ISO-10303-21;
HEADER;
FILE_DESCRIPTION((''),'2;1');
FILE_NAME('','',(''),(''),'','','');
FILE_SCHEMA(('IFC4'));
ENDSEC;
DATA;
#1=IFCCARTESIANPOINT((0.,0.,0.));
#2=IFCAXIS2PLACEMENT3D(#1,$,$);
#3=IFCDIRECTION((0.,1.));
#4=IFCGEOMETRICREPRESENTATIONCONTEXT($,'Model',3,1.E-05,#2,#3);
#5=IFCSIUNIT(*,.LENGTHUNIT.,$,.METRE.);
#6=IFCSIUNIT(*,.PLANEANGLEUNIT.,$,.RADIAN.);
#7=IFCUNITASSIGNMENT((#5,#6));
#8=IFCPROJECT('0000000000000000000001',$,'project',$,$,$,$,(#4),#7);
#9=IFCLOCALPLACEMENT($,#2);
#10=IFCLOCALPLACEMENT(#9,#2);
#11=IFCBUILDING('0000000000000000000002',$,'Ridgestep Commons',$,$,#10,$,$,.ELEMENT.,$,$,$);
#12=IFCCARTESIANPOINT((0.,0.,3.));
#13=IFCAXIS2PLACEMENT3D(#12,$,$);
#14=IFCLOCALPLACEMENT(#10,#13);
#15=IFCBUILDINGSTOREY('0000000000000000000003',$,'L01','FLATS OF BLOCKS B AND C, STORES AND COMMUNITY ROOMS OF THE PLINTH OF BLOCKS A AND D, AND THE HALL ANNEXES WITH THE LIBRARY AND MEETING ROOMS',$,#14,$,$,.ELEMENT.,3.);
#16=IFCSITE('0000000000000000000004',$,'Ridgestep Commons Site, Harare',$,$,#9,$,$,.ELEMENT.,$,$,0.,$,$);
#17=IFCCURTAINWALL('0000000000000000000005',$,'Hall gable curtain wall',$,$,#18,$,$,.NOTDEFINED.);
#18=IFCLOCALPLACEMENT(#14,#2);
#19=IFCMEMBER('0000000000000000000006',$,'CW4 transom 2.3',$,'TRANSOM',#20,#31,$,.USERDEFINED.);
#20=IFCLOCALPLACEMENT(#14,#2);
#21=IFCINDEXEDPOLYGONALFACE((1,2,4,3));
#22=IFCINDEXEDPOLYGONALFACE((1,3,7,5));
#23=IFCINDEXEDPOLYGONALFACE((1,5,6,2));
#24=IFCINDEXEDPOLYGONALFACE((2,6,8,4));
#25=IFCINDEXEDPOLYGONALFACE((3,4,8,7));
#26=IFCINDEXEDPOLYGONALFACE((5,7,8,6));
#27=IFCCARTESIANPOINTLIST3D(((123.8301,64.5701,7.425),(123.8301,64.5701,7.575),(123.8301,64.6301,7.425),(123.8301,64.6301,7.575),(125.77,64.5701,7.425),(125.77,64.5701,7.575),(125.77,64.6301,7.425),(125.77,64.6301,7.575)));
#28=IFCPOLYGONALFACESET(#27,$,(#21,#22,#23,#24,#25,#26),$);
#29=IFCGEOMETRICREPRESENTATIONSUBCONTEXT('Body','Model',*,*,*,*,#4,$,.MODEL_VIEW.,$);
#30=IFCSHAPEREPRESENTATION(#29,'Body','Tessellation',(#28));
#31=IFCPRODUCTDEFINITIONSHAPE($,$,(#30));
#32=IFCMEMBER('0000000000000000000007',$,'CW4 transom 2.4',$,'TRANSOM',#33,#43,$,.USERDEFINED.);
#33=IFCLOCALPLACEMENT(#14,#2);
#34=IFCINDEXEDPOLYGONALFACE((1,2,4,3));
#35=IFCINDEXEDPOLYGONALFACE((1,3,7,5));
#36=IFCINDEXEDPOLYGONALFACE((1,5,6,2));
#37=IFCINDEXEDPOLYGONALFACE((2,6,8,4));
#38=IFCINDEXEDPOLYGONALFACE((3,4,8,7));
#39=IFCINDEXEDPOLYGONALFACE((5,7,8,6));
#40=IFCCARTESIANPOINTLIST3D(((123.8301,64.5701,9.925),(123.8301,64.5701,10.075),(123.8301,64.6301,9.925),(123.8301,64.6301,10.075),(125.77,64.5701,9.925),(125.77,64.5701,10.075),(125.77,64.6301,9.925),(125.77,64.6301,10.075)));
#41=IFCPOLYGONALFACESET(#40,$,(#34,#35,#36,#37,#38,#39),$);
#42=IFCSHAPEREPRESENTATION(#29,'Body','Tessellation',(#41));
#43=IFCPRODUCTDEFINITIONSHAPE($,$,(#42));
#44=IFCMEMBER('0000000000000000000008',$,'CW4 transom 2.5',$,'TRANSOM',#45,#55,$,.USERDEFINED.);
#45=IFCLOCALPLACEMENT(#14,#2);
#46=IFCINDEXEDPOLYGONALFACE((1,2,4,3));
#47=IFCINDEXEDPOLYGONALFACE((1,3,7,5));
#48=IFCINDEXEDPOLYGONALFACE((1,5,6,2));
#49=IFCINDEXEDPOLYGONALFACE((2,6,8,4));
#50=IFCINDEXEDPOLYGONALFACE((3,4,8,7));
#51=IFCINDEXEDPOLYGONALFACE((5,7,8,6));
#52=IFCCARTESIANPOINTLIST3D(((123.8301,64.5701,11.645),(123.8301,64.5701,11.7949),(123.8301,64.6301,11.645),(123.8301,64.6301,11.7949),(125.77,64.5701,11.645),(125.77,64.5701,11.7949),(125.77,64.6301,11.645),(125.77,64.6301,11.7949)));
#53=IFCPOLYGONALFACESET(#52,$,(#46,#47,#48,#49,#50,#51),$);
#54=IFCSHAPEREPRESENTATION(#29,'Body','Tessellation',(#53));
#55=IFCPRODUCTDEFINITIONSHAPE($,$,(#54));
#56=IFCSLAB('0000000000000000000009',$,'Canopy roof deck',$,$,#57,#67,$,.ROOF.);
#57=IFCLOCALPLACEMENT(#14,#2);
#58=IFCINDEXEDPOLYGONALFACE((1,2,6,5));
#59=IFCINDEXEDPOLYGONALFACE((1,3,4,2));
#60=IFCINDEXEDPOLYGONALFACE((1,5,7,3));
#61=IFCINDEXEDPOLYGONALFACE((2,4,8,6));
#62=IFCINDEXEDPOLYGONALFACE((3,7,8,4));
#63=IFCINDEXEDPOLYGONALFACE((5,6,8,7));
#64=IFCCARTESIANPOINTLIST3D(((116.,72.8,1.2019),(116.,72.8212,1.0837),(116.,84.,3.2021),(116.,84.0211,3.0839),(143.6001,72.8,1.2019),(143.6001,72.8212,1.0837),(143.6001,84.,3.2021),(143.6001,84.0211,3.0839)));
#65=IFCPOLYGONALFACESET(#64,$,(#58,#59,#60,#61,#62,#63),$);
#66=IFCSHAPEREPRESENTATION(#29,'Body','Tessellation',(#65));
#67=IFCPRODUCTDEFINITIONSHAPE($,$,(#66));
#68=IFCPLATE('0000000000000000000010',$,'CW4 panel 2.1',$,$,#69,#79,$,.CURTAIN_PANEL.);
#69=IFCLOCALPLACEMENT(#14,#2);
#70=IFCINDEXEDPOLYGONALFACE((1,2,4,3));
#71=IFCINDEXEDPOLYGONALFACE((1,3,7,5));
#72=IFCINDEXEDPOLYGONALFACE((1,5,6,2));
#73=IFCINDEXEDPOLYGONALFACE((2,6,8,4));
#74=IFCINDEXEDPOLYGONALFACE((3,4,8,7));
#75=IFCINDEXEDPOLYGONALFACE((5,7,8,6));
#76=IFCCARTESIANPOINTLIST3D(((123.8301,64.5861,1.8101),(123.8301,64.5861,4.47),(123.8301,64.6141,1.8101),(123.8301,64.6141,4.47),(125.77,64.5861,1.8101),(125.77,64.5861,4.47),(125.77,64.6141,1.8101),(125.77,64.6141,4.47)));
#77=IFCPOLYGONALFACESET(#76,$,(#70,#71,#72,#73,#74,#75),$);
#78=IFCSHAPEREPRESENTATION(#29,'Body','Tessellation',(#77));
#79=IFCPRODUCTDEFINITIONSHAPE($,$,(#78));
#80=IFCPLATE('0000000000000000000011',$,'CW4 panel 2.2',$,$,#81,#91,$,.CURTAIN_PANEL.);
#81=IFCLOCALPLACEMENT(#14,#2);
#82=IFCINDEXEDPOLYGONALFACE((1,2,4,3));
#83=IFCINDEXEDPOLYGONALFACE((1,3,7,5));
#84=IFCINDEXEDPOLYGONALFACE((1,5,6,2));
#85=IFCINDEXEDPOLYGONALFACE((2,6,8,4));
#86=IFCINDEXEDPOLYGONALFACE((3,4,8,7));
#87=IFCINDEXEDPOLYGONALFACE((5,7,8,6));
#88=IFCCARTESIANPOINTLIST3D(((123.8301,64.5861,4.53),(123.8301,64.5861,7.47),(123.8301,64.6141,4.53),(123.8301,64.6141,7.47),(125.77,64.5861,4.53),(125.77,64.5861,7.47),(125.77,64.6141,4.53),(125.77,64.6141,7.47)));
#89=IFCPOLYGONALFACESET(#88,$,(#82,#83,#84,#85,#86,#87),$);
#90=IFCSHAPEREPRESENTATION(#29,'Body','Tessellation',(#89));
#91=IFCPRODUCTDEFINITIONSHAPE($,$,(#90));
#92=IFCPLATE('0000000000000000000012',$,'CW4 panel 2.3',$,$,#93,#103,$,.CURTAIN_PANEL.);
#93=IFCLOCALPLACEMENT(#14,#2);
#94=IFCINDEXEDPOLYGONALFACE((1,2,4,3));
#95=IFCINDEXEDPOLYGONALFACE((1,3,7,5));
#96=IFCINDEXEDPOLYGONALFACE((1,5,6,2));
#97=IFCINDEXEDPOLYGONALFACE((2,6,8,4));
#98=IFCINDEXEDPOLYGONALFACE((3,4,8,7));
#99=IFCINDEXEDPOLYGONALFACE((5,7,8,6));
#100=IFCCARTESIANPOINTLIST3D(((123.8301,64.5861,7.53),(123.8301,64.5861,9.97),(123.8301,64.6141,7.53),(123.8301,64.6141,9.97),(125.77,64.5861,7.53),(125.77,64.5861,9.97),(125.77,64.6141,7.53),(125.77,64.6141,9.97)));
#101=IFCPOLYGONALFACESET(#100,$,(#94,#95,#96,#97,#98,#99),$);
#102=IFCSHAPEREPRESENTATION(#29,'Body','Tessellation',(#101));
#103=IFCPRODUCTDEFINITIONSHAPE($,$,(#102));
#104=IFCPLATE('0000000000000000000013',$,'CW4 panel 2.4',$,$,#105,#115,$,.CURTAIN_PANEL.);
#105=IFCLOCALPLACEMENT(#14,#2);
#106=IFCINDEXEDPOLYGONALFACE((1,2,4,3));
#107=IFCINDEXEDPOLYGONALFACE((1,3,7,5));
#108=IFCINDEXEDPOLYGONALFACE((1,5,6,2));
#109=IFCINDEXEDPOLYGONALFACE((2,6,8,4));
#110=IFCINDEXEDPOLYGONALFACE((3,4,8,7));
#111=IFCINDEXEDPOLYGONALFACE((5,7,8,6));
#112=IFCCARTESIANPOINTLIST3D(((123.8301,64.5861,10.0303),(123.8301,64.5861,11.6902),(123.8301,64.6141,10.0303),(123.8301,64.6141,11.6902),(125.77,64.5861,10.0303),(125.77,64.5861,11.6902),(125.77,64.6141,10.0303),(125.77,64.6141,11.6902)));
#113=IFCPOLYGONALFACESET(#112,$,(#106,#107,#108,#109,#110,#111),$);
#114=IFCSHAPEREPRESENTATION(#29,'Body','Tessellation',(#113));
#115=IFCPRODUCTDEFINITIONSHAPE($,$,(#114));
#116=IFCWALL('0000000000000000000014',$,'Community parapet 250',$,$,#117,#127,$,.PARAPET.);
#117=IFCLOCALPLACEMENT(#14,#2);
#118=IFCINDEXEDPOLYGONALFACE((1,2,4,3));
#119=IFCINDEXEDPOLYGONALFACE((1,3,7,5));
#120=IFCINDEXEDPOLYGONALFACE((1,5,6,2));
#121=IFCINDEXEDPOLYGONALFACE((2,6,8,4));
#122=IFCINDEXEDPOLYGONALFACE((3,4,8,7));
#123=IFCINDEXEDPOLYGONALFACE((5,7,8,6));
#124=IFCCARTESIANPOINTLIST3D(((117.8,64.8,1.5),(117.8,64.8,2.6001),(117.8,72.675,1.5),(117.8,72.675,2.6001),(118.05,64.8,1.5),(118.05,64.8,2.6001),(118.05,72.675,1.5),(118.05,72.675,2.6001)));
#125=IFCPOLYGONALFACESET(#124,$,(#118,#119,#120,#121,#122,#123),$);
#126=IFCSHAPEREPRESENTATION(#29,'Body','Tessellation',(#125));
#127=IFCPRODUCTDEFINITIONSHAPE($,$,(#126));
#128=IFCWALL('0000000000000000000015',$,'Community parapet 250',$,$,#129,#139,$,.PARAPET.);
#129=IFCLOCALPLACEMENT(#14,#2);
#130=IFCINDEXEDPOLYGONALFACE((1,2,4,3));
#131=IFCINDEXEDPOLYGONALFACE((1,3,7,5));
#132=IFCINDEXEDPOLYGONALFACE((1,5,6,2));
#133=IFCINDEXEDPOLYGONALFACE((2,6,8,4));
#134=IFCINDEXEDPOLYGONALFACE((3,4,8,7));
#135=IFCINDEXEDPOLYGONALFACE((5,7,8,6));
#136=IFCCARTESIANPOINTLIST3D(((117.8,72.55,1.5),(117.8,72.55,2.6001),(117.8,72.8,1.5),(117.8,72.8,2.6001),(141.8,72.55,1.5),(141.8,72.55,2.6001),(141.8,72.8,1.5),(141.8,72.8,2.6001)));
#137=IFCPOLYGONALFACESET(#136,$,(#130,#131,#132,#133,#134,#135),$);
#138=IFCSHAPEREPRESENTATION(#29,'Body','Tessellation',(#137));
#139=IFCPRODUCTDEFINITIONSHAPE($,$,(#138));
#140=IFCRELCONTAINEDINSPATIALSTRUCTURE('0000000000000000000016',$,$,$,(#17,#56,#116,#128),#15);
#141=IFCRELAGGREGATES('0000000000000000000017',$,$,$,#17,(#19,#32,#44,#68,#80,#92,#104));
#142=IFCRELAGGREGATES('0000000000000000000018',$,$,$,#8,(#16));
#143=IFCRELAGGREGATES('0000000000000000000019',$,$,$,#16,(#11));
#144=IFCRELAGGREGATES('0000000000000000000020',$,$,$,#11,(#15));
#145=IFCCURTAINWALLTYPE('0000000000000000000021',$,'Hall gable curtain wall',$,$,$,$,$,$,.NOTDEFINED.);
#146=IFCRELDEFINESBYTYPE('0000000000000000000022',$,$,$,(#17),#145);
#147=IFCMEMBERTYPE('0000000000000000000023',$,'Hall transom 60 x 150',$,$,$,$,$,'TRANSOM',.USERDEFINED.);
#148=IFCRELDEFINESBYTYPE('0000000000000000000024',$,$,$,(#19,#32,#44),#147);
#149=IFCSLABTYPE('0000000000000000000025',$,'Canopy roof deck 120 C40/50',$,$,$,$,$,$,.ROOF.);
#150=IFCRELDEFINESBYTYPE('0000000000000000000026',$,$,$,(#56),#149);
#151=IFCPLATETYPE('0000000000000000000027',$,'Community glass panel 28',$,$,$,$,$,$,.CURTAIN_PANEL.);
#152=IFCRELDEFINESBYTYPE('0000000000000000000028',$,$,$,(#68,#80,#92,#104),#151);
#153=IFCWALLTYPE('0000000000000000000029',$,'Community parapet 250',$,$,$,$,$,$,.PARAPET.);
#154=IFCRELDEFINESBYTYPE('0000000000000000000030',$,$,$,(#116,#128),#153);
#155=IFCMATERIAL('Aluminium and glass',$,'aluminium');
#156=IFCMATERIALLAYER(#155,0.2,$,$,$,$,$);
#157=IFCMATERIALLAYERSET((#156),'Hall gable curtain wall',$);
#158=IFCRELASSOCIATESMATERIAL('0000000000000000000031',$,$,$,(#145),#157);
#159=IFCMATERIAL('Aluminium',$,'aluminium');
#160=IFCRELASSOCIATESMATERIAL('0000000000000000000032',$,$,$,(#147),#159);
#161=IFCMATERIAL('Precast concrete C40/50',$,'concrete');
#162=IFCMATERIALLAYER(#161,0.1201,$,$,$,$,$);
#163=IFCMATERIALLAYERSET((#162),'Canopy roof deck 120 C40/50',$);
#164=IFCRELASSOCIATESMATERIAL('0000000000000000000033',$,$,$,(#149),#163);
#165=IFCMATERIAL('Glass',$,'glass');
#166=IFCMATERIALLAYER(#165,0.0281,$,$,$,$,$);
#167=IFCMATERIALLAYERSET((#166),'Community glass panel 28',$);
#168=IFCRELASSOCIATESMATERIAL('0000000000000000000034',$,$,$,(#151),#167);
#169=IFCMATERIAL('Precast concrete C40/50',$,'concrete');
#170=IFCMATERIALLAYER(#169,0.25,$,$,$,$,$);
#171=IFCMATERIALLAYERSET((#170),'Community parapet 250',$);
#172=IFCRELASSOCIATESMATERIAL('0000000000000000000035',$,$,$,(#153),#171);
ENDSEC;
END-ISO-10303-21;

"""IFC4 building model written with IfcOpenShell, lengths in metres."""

from ifc_helpers import new_model, si_unit, direction, frame, frame_2d, origin, origin_2d, place, context, subcontext, project, spatial, polyline, rectangle, outline, extrude, material, layer, layer_set, material_profile, profile_set, type_object, element, aggregate, save


model = new_model("IFC4")

# Units and contexts
model_context = context("Model", 3, precision=1e-05, world=origin(), true_north=direction((0.0, 1.0)))
body_context = subcontext(model_context, "Body", "Model", "MODEL_VIEW")
ifc_project = project(units=[si_unit("LENGTHUNIT", "METRE"), si_unit("PLANEANGLEUNIT", "RADIAN")], contexts=[model_context])

# Site, building, storey
site_placement = place(None, origin())
site = spatial("IfcSite", under=ifc_project, at=site_placement, Name="Ridgestep Commons Site, Harare", CompositionType="ELEMENT", RefElevation=0.0)
building_placement = place(site_placement, origin())
building = spatial("IfcBuilding", under=site, at=building_placement, Name="Ridgestep Commons", CompositionType="ELEMENT")
storey_placement = place(building_placement, frame((0.0, 0.0, 3.0)))
storey = spatial("IfcBuildingStorey", under=building, at=storey_placement, Name="L01", Description="FLATS OF BLOCKS B AND C, STORES AND COMMUNITY ROOMS OF THE PLINTH OF BLOCKS A AND D, AND THE HALL ANNEXES WITH THE LIBRARY AND MEETING ROOMS", CompositionType="ELEMENT", Elevation=3.0)

# Curtain wall, members
ifc_material_1 = material(Name="Aluminium and glass", Category="aluminium")
ifc_layer_1 = layer(ifc_material_1, 0.2)
ifc_layer_set_1 = layer_set([ifc_layer_1], Name="Hall gable curtain wall")
curtain_wall_type = type_object("IfcCurtainWallType", Name="Hall gable curtain wall", PredefinedType="NOTDEFINED", material=ifc_layer_set_1)
curtain_wall_placement = place(storey_placement, origin())
curtain_wall = element("IfcCurtainWall", 1, at=curtain_wall_placement, inside=storey, type_object=curtain_wall_type, Name="Hall gable curtain wall", PredefinedType="NOTDEFINED")
ifc_material_2 = material(Name="Aluminium", Category="aluminium")
ifc_material_profile_1 = material_profile(ifc_material_2, rectangle(XDim=0.0601, YDim=0.1499, at=origin_2d()), Name="Hall transom 60 x 150")
ifc_profile_set_1 = profile_set([ifc_material_profile_1], Name="Aluminium")
member_type_1 = type_object("IfcMemberType", Name="Hall transom 60 x 150", ElementType="TRANSOM", PredefinedType="USERDEFINED", material=ifc_profile_set_1)
member_1_placement = place(storey_placement, frame((123.8301, 64.6001, 7.5), z_axis=(1.0, 0.0, 0.0), x_axis=(0.0, 1.0, 0.0)))
member_1 = element("IfcMember", 2, at=member_1_placement, type_object=member_type_1, Name="CW4 transom 2.3", ObjectType="TRANSOM", PredefinedType="USERDEFINED", context=body_context, shape_type="SweptSolid", body=[
    extrude(rectangle(XDim=0.0601, YDim=0.1499, at=origin_2d()), origin(), (0.0, 0.0, 1.0), 1.9399),
])
member_2_placement = place(storey_placement, frame((123.8301, 64.6001, 10.0), z_axis=(1.0, 0.0, 0.0), x_axis=(0.0, 1.0, 0.0)))
member_2 = element("IfcMember", 3, at=member_2_placement, type_object=member_type_1, Name="CW4 transom 2.4", ObjectType="TRANSOM", PredefinedType="USERDEFINED", context=body_context, shape_type="SweptSolid", body=[
    extrude(rectangle(XDim=0.0601, YDim=0.1499, at=origin_2d()), origin(), (0.0, 0.0, 1.0), 1.9399),
])
member_3_placement = place(storey_placement, frame((123.8301, 64.6001, 11.72), z_axis=(1.0, 0.0, 0.0), x_axis=(0.0, 1.0, 0.0)))
member_3 = element("IfcMember", 4, at=member_3_placement, type_object=member_type_1, Name="CW4 transom 2.5", ObjectType="TRANSOM", PredefinedType="USERDEFINED", context=body_context, shape_type="SweptSolid", body=[
    extrude(rectangle(XDim=0.0601, YDim=0.1499, at=origin_2d()), origin(), (0.0, 0.0, 1.0), 1.9399),
])

# Slab
ifc_material_3 = material(Name="Precast concrete C40/50", Category="concrete")
ifc_layer_2 = layer(ifc_material_3, 0.1201)
ifc_layer_set_2 = layer_set([ifc_layer_2], Name="Canopy roof deck 120 C40/50")
slab_type = type_object("IfcSlabType", Name="Canopy roof deck 120 C40/50", PredefinedType="ROOF", material=ifc_layer_set_2)
slab_placement = place(storey_placement, frame((116.0, 72.8, 1.2019), z_axis=(0.0, -0.175812, 0.984424), x_axis=(1.0, 0.0, 0.0)))
element("IfcSlab", 5, at=slab_placement, inside=storey, type_object=slab_type, Name="Canopy roof deck", PredefinedType="ROOF", context=body_context, shape_type="SweptSolid", body=[
    extrude(outline(polyline([(0.0, 0.0), (27.6001, 0.0), (27.6001, 11.3772), (0.0, 11.3772), (0.0, 0.0)])), origin(), (0.0, 0.0, -1.0), 0.1201),
])

# Plates
ifc_material_4 = material(Name="Glass", Category="glass")
ifc_layer_3 = layer(ifc_material_4, 0.0281)
ifc_layer_set_3 = layer_set([ifc_layer_3], Name="Community glass panel 28")
plate_type = type_object("IfcPlateType", Name="Community glass panel 28", PredefinedType="CURTAIN_PANEL", material=ifc_layer_set_3)
plate_1_placement = place(storey_placement, frame((124.8, 64.6001, 1.8101), z_axis=(0.0, 0.0, 1.0), x_axis=(1.0, 0.0, 0.0)))
plate_1 = element("IfcPlate", 6, at=plate_1_placement, type_object=plate_type, Name="CW4 panel 2.1", PredefinedType="CURTAIN_PANEL", context=body_context, shape_type="SweptSolid", body=[
    extrude(rectangle(XDim=1.9399, YDim=0.0281, at=origin_2d()), origin(), (0.0, 0.0, 1.0), 2.6599),
])
plate_2_placement = place(storey_placement, frame((124.8, 64.6001, 4.53), z_axis=(0.0, 0.0, 1.0), x_axis=(1.0, 0.0, 0.0)))
plate_2 = element("IfcPlate", 7, at=plate_2_placement, type_object=plate_type, Name="CW4 panel 2.2", PredefinedType="CURTAIN_PANEL", context=body_context, shape_type="SweptSolid", body=[
    extrude(rectangle(XDim=1.9399, YDim=0.0281, at=origin_2d()), origin(), (0.0, 0.0, 1.0), 2.9399),
])
plate_3_placement = place(storey_placement, frame((124.8, 64.6001, 7.53), z_axis=(0.0, 0.0, 1.0), x_axis=(1.0, 0.0, 0.0)))
plate_3 = element("IfcPlate", 8, at=plate_3_placement, type_object=plate_type, Name="CW4 panel 2.3", PredefinedType="CURTAIN_PANEL", context=body_context, shape_type="SweptSolid", body=[
    extrude(rectangle(XDim=1.9399, YDim=0.0281, at=origin_2d()), origin(), (0.0, 0.0, 1.0), 2.4399),
])
plate_4_placement = place(storey_placement, frame((124.8, 64.6001, 10.0303), z_axis=(0.0, 0.0, 1.0), x_axis=(1.0, 0.0, 0.0)))
plate_4 = element("IfcPlate", 9, at=plate_4_placement, type_object=plate_type, Name="CW4 panel 2.4", PredefinedType="CURTAIN_PANEL", context=body_context, shape_type="SweptSolid", body=[
    extrude(rectangle(XDim=1.9399, YDim=0.0281, at=origin_2d()), origin(), (0.0, 0.0, 1.0), 1.6599),
])
aggregate(curtain_wall, [member_1, member_2, member_3, plate_1, plate_2, plate_3, plate_4])

# Walls
ifc_material_5 = material(Name="Precast concrete C40/50", Category="concrete")
ifc_layer_4 = layer(ifc_material_5, 0.25)
ifc_layer_set_4 = layer_set([ifc_layer_4], Name="Community parapet 250")
wall_type = type_object("IfcWallType", Name="Community parapet 250", PredefinedType="PARAPET", material=ifc_layer_set_4)
wall_1_placement = place(storey_placement, frame((117.925, 64.8, 1.5), z_axis=(0.0, 0.0, 1.0), x_axis=(0.0, 1.0, 0.0)))
element("IfcWall", 10, at=wall_1_placement, inside=storey, type_object=wall_type, Name="Community parapet 250", PredefinedType="PARAPET", context=body_context, shape_type="SweptSolid", body=[
    extrude(rectangle(XDim=7.875, YDim=0.25, at=frame_2d((3.9375, 0.0))), origin(), (0.0, 0.0, 1.0), 1.1001),
])
wall_2_placement = place(storey_placement, frame((117.8, 72.675, 1.5), z_axis=(0.0, 0.0, 1.0), x_axis=(1.0, 0.0, 0.0)))
element("IfcWall", 11, at=wall_2_placement, inside=storey, type_object=wall_type, Name="Community parapet 250", PredefinedType="PARAPET", context=body_context, shape_type="SweptSolid", body=[
    extrude(rectangle(XDim=24.0, YDim=0.25, at=frame_2d((12.0, 0.0))), origin(), (0.0, 0.0, 1.0), 1.1001),
])

save(model, "model.ifc")
